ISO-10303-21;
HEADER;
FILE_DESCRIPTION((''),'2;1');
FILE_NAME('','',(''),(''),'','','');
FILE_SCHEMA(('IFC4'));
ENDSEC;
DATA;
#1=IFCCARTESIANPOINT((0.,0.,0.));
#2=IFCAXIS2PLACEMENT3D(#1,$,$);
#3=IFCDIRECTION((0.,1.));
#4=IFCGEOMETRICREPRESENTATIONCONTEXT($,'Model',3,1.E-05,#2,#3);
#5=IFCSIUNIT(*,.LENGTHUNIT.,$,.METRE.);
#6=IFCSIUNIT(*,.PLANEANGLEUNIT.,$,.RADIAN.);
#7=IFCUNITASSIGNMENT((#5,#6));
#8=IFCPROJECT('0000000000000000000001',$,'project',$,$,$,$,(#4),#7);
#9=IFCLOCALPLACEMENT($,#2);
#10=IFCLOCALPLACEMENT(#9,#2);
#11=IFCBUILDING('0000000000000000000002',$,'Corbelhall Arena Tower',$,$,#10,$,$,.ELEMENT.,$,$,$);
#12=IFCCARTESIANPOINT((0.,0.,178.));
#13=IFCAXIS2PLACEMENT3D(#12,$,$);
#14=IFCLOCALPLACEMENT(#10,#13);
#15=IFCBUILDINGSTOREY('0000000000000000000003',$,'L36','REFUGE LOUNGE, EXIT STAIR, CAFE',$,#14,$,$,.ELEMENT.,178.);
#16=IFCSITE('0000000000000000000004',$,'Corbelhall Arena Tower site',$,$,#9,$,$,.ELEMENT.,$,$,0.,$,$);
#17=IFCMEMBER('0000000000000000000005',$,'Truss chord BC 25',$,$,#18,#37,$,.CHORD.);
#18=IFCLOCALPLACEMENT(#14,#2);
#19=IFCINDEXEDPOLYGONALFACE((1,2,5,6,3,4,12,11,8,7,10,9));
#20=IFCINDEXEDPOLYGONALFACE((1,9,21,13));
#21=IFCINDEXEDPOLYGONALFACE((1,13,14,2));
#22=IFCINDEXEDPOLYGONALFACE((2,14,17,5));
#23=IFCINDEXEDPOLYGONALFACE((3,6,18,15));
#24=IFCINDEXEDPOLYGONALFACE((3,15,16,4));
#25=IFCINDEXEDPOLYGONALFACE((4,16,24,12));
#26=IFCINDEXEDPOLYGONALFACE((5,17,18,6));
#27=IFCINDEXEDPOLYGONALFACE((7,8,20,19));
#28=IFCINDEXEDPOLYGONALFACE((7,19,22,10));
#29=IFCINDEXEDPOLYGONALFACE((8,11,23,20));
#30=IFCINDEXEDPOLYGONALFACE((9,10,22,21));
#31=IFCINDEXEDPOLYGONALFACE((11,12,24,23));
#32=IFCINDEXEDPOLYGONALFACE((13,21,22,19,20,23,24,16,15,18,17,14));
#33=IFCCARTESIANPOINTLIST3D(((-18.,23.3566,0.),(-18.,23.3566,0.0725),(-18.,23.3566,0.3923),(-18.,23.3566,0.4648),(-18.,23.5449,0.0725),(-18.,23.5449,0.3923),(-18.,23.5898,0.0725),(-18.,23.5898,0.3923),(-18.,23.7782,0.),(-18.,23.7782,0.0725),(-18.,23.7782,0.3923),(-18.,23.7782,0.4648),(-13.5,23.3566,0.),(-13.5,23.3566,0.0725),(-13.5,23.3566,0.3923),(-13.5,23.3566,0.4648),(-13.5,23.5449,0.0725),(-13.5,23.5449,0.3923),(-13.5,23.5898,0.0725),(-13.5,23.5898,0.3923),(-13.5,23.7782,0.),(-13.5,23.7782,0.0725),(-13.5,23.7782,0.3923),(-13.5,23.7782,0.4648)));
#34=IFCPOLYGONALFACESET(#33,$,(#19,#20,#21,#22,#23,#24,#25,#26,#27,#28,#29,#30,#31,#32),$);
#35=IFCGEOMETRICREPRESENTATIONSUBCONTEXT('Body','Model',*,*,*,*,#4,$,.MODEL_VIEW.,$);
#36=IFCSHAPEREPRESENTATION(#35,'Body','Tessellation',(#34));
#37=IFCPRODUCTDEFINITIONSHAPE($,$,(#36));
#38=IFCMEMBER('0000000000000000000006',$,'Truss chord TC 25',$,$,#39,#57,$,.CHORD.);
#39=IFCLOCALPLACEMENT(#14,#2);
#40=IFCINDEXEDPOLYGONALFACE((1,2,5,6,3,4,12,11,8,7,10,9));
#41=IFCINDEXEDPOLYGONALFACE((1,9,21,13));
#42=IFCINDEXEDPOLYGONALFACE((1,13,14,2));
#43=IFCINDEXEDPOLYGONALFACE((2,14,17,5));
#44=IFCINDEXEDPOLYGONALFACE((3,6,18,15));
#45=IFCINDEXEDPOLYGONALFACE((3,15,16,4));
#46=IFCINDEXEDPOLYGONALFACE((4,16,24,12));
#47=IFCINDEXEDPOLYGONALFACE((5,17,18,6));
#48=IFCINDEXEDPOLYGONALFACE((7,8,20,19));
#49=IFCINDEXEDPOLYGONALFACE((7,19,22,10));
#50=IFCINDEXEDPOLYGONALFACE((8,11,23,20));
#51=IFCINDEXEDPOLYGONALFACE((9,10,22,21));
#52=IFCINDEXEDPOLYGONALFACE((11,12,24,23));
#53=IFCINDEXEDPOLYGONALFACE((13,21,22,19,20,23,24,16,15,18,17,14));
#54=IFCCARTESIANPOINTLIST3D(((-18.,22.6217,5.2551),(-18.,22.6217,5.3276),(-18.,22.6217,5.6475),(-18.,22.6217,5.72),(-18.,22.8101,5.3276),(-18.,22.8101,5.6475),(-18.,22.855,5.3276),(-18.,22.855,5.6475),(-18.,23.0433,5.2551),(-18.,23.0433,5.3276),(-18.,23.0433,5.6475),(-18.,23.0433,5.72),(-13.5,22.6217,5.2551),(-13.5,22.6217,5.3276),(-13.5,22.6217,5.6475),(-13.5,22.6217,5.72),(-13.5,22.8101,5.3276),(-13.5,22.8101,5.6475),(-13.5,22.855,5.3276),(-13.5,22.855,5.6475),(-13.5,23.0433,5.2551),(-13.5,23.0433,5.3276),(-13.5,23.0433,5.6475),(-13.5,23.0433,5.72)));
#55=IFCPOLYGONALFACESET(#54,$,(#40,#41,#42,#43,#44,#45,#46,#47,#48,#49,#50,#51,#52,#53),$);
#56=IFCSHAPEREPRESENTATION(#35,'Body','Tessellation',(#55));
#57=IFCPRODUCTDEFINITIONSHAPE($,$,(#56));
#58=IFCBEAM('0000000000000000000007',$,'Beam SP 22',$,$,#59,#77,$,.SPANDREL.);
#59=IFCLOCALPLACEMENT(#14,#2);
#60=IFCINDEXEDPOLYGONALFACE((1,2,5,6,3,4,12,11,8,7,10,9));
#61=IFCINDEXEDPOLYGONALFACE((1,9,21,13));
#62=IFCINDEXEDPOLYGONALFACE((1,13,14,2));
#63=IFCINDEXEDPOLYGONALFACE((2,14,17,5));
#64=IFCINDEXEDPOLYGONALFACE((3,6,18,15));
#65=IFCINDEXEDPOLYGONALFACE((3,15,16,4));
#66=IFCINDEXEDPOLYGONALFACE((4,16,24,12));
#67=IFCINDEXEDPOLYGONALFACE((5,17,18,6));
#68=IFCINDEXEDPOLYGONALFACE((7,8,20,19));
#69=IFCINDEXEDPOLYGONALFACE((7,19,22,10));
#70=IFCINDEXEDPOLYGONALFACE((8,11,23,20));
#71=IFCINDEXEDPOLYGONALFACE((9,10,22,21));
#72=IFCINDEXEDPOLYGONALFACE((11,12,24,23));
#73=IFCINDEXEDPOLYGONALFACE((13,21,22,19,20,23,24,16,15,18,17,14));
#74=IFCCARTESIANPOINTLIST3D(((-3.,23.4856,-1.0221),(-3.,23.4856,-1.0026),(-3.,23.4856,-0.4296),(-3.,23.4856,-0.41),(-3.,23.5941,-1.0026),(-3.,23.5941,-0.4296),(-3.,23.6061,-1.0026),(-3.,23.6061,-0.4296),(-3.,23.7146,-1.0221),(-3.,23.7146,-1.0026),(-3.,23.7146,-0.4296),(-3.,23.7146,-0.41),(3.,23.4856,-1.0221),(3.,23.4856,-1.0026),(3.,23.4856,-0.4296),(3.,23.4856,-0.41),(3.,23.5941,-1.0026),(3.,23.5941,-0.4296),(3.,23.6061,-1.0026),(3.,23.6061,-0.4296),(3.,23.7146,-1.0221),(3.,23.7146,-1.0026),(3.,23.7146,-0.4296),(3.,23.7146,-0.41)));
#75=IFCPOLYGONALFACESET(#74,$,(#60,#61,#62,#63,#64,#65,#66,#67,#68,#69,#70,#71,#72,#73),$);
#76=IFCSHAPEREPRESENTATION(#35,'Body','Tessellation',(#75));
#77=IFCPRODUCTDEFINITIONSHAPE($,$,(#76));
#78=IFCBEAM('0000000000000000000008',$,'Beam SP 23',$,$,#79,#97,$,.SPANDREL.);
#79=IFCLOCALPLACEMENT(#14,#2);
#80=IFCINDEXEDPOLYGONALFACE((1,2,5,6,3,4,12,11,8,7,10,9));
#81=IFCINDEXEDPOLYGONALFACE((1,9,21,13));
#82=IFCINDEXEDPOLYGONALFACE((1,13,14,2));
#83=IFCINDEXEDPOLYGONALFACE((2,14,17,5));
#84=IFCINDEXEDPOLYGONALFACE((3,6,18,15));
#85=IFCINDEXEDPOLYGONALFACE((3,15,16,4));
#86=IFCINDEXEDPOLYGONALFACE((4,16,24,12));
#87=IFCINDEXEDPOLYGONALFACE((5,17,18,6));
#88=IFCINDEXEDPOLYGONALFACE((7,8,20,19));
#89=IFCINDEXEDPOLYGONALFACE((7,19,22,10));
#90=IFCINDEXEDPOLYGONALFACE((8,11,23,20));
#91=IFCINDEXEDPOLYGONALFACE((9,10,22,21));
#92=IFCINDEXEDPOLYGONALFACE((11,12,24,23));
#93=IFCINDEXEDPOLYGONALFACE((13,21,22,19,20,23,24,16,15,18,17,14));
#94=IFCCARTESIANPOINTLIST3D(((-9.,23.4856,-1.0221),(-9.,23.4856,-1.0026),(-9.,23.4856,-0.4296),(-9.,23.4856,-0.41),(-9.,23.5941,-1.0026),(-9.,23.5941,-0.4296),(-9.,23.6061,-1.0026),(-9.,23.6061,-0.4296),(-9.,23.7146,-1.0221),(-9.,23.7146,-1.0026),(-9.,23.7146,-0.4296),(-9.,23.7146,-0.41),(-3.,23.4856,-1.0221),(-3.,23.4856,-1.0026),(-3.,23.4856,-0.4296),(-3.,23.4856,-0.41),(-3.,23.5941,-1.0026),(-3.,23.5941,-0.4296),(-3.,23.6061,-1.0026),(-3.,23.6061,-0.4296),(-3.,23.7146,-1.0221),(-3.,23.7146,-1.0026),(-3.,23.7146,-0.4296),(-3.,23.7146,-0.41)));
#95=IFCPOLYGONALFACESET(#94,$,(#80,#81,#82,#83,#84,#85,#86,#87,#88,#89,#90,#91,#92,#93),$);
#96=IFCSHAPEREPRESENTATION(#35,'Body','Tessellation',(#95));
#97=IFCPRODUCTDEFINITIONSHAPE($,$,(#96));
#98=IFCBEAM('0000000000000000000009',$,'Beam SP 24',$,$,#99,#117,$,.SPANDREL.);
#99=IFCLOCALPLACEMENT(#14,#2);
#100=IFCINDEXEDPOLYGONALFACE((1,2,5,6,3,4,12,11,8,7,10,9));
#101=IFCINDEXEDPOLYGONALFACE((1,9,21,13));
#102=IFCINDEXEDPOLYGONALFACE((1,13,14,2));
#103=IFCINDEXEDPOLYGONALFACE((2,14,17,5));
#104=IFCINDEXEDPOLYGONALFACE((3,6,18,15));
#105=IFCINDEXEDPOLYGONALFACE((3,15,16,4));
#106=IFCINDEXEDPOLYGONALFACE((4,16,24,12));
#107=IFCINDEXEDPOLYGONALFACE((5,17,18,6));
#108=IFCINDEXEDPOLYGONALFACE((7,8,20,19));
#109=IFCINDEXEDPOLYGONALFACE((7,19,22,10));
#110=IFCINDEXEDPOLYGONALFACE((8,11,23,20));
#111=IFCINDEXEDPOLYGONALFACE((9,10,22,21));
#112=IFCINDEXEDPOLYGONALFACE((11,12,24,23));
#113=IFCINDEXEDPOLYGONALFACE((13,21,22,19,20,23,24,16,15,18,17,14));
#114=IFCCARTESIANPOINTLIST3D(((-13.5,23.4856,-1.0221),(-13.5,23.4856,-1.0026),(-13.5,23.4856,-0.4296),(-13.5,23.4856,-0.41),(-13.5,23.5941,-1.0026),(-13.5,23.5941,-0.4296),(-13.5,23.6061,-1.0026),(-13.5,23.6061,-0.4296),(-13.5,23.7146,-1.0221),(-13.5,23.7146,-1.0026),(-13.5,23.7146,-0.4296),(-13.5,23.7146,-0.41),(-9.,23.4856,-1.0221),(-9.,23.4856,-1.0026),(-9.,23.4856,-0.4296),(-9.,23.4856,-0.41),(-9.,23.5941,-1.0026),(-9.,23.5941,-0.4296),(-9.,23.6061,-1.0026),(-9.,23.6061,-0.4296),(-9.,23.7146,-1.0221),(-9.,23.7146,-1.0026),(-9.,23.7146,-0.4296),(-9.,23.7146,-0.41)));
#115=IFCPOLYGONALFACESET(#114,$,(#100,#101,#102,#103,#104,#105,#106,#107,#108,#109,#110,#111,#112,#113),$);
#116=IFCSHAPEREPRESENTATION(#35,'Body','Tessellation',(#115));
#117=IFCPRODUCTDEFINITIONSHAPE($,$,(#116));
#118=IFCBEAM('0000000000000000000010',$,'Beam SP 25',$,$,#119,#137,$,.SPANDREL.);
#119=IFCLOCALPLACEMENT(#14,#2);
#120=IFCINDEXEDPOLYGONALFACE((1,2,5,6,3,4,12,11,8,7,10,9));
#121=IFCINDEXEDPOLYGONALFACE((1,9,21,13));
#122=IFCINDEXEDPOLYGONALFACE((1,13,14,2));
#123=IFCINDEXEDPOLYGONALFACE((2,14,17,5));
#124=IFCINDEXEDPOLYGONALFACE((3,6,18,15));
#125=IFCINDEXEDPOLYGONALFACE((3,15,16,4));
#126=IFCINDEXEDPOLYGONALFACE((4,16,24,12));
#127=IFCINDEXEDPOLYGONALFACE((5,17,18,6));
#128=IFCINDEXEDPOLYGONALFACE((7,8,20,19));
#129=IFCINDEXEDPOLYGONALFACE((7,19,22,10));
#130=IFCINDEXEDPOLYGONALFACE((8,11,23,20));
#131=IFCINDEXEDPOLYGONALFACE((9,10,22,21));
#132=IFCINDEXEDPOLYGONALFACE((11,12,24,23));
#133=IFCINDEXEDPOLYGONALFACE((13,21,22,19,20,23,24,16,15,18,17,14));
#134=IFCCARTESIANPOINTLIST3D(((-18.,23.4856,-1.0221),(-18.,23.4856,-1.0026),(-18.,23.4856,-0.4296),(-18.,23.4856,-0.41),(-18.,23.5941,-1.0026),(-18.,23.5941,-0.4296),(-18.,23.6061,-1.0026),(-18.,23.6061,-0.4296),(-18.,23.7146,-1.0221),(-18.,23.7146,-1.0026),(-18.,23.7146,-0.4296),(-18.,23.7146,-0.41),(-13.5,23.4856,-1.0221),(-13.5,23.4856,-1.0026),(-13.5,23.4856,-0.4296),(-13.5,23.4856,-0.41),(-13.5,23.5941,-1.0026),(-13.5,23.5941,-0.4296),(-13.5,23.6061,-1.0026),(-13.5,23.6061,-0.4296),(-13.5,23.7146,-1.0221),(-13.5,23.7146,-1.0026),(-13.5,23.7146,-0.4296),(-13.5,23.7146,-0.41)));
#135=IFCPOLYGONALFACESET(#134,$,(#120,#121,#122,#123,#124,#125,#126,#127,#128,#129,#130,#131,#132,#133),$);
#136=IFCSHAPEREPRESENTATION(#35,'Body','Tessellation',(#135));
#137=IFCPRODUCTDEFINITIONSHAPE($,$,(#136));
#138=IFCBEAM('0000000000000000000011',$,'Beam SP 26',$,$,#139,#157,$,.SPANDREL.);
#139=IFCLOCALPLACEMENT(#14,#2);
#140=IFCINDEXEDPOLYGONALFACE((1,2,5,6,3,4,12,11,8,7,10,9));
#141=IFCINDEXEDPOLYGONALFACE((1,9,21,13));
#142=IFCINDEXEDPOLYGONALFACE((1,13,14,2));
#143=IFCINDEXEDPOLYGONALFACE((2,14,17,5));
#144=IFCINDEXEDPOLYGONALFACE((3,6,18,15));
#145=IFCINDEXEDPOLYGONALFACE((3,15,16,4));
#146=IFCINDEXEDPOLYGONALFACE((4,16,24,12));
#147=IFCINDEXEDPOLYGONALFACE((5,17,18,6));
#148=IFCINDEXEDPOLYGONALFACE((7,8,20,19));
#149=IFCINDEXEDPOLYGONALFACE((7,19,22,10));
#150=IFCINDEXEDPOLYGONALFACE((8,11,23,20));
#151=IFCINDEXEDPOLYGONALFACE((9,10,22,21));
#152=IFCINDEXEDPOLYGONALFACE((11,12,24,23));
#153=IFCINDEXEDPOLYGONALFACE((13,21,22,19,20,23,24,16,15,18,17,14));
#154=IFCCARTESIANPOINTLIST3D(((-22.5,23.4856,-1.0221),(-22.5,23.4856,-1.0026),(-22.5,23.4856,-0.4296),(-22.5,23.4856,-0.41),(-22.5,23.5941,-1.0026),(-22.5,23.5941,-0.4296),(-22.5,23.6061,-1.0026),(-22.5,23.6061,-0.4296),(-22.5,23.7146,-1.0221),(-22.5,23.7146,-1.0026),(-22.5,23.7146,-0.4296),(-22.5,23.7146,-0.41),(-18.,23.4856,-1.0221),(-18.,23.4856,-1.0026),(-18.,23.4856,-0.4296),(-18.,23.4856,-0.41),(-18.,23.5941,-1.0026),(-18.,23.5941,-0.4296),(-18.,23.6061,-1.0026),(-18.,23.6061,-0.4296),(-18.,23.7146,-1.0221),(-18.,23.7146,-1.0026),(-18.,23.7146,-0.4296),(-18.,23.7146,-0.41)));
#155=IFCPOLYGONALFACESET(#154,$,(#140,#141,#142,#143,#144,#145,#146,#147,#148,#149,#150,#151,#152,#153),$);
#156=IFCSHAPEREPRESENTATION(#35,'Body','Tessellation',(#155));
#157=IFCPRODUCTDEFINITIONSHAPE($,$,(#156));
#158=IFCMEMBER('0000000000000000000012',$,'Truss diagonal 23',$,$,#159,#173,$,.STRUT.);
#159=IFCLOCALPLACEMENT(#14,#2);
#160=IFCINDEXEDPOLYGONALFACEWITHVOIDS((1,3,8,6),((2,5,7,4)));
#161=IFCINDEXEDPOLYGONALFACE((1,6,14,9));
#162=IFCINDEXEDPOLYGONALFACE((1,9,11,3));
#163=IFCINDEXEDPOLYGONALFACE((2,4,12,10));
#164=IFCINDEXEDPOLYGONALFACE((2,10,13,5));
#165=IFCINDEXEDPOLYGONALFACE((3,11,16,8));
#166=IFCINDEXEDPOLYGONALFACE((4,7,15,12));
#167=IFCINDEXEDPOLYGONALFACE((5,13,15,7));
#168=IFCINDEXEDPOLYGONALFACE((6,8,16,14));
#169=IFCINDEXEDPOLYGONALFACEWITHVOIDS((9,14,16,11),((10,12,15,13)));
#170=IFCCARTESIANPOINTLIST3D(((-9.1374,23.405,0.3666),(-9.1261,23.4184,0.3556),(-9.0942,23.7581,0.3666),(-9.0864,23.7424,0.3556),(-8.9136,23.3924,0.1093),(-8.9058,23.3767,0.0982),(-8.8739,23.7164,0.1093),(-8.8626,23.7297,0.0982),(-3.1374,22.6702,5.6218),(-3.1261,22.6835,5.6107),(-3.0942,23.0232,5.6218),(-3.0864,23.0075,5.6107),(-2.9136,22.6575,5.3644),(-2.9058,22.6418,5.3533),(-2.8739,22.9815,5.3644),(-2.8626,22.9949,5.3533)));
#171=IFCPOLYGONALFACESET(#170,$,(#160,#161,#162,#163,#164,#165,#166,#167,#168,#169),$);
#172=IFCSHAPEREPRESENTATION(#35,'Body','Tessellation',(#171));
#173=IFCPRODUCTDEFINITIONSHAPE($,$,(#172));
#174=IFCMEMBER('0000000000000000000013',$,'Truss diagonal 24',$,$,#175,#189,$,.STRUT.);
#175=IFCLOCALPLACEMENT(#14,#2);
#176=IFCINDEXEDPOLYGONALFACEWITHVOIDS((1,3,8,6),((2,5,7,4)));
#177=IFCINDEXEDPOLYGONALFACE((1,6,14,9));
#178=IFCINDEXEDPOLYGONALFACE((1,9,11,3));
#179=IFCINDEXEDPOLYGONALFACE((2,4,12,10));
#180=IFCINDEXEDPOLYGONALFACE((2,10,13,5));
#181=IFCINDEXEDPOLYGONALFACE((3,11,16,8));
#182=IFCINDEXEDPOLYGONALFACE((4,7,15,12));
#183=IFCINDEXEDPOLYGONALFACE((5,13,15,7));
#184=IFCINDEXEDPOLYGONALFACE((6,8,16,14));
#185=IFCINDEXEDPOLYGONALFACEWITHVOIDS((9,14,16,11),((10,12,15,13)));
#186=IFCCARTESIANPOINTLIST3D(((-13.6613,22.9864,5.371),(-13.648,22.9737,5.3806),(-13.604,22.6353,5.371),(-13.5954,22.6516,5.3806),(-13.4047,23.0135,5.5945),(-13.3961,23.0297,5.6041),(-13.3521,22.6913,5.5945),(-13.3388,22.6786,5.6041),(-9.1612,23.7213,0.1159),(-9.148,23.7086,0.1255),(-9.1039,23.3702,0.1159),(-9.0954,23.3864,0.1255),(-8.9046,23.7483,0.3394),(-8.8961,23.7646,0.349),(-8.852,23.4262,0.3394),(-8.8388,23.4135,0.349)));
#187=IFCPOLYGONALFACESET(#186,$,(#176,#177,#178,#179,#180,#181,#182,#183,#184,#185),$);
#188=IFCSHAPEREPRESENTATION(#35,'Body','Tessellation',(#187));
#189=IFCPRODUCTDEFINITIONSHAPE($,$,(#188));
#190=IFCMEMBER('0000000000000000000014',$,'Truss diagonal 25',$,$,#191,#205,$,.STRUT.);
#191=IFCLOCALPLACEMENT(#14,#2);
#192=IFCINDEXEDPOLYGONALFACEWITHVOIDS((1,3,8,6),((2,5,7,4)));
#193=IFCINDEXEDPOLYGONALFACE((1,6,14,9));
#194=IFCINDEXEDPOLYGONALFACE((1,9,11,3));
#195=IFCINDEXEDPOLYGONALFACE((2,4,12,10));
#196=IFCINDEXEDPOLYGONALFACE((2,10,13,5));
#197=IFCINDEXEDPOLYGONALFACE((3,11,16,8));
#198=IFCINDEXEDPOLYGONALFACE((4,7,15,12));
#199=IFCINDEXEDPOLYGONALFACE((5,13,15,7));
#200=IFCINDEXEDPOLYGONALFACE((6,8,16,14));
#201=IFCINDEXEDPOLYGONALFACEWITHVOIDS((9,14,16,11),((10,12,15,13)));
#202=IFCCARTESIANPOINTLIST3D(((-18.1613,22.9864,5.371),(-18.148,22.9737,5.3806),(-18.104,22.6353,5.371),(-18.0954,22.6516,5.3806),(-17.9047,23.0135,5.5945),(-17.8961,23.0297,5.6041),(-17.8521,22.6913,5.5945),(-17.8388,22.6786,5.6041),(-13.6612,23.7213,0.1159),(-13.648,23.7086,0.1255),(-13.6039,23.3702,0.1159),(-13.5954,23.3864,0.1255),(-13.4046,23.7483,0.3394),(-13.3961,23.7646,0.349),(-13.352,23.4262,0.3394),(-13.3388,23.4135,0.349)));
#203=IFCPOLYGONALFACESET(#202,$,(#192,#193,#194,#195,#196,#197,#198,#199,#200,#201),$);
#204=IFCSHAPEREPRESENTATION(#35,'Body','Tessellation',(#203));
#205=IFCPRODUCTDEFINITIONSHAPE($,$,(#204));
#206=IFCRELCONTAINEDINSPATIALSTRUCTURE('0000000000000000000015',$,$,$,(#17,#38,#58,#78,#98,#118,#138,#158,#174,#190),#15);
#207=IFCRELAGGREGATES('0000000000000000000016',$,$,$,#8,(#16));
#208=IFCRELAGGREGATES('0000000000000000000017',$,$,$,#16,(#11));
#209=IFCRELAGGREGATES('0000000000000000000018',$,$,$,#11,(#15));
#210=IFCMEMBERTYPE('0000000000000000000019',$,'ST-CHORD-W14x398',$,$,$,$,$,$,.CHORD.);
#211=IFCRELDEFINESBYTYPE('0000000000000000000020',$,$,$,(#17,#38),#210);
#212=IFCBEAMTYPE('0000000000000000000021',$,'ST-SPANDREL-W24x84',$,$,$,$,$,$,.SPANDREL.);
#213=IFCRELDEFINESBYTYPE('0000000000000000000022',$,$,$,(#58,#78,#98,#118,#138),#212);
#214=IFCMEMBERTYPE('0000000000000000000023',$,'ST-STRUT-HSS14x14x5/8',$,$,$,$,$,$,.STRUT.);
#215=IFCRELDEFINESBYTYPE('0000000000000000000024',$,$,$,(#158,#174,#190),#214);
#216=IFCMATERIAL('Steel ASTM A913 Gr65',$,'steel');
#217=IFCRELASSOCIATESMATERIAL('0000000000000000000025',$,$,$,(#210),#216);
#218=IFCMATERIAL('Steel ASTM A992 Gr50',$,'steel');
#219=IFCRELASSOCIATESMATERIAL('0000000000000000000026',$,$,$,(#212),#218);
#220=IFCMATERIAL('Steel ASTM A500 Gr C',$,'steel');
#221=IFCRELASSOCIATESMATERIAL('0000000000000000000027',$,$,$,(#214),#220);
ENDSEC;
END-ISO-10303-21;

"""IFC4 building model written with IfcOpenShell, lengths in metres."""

from ifc_helpers import new_model, si_unit, direction, frame, origin, origin_2d, place, context, subcontext, project, spatial, hollow_rectangle, i_section, extrude, material, material_profile, profile_set, type_object, element, save


model = new_model("IFC4")

# Units and contexts
model_context = context("Model", 3, precision=1e-05, world=origin(), true_north=direction((0.0, 1.0)))
body_context = subcontext(model_context, "Body", "Model", "MODEL_VIEW")
ifc_project = project(units=[si_unit("LENGTHUNIT", "METRE"), si_unit("PLANEANGLEUNIT", "RADIAN")], contexts=[model_context])

# Site, building, storey
site_placement = place(None, origin())
site = spatial("IfcSite", under=ifc_project, at=site_placement, Name="Corbelhall Arena Tower site", CompositionType="ELEMENT", RefElevation=0.0)
building_placement = place(site_placement, origin())
building = spatial("IfcBuilding", under=site, at=building_placement, Name="Corbelhall Arena Tower", CompositionType="ELEMENT")
storey_placement = place(building_placement, frame((0.0, 0.0, 178.0)))
storey = spatial("IfcBuildingStorey", under=building, at=storey_placement, Name="L36", Description="REFUGE LOUNGE, EXIT STAIR, CAFE", CompositionType="ELEMENT", Elevation=178.0)

# Members
ifc_material_1 = material(Name="Steel ASTM A913 Gr65", Category="steel")
ifc_material_profile_1 = material_profile(ifc_material_1, i_section(OverallWidth=0.4216, OverallDepth=0.4648, WebThickness=0.0449, FlangeThickness=0.0725, at=origin_2d()))
ifc_profile_set_1 = profile_set([ifc_material_profile_1], Name="Steel ASTM A913 Gr65")
member_type_1 = type_object("IfcMemberType", Name="ST-CHORD-W14x398", PredefinedType="CHORD", material=ifc_profile_set_1)
for number, where, z_axis, x_axis, name in (
    (1, (-18.0, 23.5674, 0.2324), (1.0, 0.0, 0.0), (0.0, 1.0, 0.0), "Truss chord BC 25"),
    (2, (-18.0, 22.8325, 5.4875), (1.0, 0.0, 0.0), (0.0, 1.0, 0.0), "Truss chord TC 25"),
):
    element("IfcMember", number, at=place(storey_placement, frame(where, z_axis=z_axis, x_axis=x_axis)), inside=storey, type_object=member_type_1, Name=name, PredefinedType="CHORD", context=body_context, shape_type="SweptSolid", body=[
        extrude(i_section(OverallWidth=0.4216, OverallDepth=0.4648, WebThickness=0.0449, FlangeThickness=0.0725, at=origin_2d()), origin(), (0.0, 0.0, 1.0), 4.5),
    ])

# Beams
ifc_material_2 = material(Name="Steel ASTM A992 Gr50", Category="steel")
ifc_material_profile_2 = material_profile(ifc_material_2, i_section(OverallWidth=0.229, OverallDepth=0.6121, WebThickness=0.012, FlangeThickness=0.0195, at=origin_2d()))
ifc_profile_set_2 = profile_set([ifc_material_profile_2], Name="Steel ASTM A992 Gr50")
beam_type = type_object("IfcBeamType", Name="ST-SPANDREL-W24x84", PredefinedType="SPANDREL", material=ifc_profile_set_2)
for number, where, z_axis, x_axis, name in (
    (3, (-3.0, 23.6001, -0.7161), (1.0, 0.0, 0.0), (0.0, 1.0, 0.0), "Beam SP 22"),
    (4, (-9.0, 23.6001, -0.7161), (1.0, 0.0, 0.0), (0.0, 1.0, 0.0), "Beam SP 23"),
):
    element("IfcBeam", number, at=place(storey_placement, frame(where, z_axis=z_axis, x_axis=x_axis)), inside=storey, type_object=beam_type, Name=name, PredefinedType="SPANDREL", context=body_context, shape_type="SweptSolid", body=[
        extrude(i_section(OverallWidth=0.229, OverallDepth=0.6121, WebThickness=0.012, FlangeThickness=0.0195, at=origin_2d()), origin(), (0.0, 0.0, 1.0), 6.0),
    ])
for number, where, z_axis, x_axis, name in (
    (5, (-13.5, 23.6001, -0.7161), (1.0, 0.0, 0.0), (0.0, 1.0, 0.0), "Beam SP 24"),
    (6, (-18.0, 23.6001, -0.7161), (1.0, 0.0, 0.0), (0.0, 1.0, 0.0), "Beam SP 25"),
    (7, (-22.5, 23.6001, -0.7161), (1.0, 0.0, 0.0), (0.0, 1.0, 0.0), "Beam SP 26"),
):
    element("IfcBeam", number, at=place(storey_placement, frame(where, z_axis=z_axis, x_axis=x_axis)), inside=storey, type_object=beam_type, Name=name, PredefinedType="SPANDREL", context=body_context, shape_type="SweptSolid", body=[
        extrude(i_section(OverallWidth=0.229, OverallDepth=0.6121, WebThickness=0.012, FlangeThickness=0.0195, at=origin_2d()), origin(), (0.0, 0.0, 1.0), 4.5),
    ])

# Members
ifc_material_3 = material(Name="Steel ASTM A500 Gr C", Category="steel")
ifc_material_profile_3 = material_profile(ifc_material_3, hollow_rectangle(XDim=0.3557, YDim=0.3557, WallThickness=0.0146, at=origin_2d()))
ifc_profile_set_3 = profile_set([ifc_material_profile_3], Name="Steel ASTM A500 Gr C")
member_type_2 = type_object("IfcMemberType", Name="ST-STRUT-HSS14x14x5/8", PredefinedType="STRUT", material=ifc_profile_set_3)
member_1_placement = place(storey_placement, frame((-9.0, 23.5674, 0.2324), z_axis=(0.749085, -0.091746, 0.65609), x_axis=(0.121569, 0.992583, 0.0)))
element("IfcMember", 8, at=member_1_placement, inside=storey, type_object=member_type_2, Name="Truss diagonal 23", PredefinedType="STRUT", context=body_context, shape_type="SweptSolid", body=[
    extrude(hollow_rectangle(XDim=0.3557, YDim=0.3557, WallThickness=0.0146, at=origin_2d()), origin(), (0.0, 0.0, 1.0), 8.0098),
])
for number, where, z_axis, x_axis, name in (
    (9, (-9.0, 23.5674, 0.2324), (-0.646787, -0.105622, 0.755322), (0.161168, -0.986927, 0.0), "Truss diagonal 24"),
    (10, (-13.5, 23.5674, 0.2324), (-0.646787, -0.105622, 0.755322), (0.161168, -0.986927, 0.0), "Truss diagonal 25"),
):
    element("IfcMember", number, at=place(storey_placement, frame(where, z_axis=z_axis, x_axis=x_axis)), inside=storey, type_object=member_type_2, Name=name, PredefinedType="STRUT", context=body_context, shape_type="SweptSolid", body=[
        extrude(hollow_rectangle(XDim=0.3557, YDim=0.3557, WallThickness=0.0146, at=origin_2d()), origin(), (0.0, 0.0, 1.0), 6.9575),
    ])

save(model, "model.ifc")
